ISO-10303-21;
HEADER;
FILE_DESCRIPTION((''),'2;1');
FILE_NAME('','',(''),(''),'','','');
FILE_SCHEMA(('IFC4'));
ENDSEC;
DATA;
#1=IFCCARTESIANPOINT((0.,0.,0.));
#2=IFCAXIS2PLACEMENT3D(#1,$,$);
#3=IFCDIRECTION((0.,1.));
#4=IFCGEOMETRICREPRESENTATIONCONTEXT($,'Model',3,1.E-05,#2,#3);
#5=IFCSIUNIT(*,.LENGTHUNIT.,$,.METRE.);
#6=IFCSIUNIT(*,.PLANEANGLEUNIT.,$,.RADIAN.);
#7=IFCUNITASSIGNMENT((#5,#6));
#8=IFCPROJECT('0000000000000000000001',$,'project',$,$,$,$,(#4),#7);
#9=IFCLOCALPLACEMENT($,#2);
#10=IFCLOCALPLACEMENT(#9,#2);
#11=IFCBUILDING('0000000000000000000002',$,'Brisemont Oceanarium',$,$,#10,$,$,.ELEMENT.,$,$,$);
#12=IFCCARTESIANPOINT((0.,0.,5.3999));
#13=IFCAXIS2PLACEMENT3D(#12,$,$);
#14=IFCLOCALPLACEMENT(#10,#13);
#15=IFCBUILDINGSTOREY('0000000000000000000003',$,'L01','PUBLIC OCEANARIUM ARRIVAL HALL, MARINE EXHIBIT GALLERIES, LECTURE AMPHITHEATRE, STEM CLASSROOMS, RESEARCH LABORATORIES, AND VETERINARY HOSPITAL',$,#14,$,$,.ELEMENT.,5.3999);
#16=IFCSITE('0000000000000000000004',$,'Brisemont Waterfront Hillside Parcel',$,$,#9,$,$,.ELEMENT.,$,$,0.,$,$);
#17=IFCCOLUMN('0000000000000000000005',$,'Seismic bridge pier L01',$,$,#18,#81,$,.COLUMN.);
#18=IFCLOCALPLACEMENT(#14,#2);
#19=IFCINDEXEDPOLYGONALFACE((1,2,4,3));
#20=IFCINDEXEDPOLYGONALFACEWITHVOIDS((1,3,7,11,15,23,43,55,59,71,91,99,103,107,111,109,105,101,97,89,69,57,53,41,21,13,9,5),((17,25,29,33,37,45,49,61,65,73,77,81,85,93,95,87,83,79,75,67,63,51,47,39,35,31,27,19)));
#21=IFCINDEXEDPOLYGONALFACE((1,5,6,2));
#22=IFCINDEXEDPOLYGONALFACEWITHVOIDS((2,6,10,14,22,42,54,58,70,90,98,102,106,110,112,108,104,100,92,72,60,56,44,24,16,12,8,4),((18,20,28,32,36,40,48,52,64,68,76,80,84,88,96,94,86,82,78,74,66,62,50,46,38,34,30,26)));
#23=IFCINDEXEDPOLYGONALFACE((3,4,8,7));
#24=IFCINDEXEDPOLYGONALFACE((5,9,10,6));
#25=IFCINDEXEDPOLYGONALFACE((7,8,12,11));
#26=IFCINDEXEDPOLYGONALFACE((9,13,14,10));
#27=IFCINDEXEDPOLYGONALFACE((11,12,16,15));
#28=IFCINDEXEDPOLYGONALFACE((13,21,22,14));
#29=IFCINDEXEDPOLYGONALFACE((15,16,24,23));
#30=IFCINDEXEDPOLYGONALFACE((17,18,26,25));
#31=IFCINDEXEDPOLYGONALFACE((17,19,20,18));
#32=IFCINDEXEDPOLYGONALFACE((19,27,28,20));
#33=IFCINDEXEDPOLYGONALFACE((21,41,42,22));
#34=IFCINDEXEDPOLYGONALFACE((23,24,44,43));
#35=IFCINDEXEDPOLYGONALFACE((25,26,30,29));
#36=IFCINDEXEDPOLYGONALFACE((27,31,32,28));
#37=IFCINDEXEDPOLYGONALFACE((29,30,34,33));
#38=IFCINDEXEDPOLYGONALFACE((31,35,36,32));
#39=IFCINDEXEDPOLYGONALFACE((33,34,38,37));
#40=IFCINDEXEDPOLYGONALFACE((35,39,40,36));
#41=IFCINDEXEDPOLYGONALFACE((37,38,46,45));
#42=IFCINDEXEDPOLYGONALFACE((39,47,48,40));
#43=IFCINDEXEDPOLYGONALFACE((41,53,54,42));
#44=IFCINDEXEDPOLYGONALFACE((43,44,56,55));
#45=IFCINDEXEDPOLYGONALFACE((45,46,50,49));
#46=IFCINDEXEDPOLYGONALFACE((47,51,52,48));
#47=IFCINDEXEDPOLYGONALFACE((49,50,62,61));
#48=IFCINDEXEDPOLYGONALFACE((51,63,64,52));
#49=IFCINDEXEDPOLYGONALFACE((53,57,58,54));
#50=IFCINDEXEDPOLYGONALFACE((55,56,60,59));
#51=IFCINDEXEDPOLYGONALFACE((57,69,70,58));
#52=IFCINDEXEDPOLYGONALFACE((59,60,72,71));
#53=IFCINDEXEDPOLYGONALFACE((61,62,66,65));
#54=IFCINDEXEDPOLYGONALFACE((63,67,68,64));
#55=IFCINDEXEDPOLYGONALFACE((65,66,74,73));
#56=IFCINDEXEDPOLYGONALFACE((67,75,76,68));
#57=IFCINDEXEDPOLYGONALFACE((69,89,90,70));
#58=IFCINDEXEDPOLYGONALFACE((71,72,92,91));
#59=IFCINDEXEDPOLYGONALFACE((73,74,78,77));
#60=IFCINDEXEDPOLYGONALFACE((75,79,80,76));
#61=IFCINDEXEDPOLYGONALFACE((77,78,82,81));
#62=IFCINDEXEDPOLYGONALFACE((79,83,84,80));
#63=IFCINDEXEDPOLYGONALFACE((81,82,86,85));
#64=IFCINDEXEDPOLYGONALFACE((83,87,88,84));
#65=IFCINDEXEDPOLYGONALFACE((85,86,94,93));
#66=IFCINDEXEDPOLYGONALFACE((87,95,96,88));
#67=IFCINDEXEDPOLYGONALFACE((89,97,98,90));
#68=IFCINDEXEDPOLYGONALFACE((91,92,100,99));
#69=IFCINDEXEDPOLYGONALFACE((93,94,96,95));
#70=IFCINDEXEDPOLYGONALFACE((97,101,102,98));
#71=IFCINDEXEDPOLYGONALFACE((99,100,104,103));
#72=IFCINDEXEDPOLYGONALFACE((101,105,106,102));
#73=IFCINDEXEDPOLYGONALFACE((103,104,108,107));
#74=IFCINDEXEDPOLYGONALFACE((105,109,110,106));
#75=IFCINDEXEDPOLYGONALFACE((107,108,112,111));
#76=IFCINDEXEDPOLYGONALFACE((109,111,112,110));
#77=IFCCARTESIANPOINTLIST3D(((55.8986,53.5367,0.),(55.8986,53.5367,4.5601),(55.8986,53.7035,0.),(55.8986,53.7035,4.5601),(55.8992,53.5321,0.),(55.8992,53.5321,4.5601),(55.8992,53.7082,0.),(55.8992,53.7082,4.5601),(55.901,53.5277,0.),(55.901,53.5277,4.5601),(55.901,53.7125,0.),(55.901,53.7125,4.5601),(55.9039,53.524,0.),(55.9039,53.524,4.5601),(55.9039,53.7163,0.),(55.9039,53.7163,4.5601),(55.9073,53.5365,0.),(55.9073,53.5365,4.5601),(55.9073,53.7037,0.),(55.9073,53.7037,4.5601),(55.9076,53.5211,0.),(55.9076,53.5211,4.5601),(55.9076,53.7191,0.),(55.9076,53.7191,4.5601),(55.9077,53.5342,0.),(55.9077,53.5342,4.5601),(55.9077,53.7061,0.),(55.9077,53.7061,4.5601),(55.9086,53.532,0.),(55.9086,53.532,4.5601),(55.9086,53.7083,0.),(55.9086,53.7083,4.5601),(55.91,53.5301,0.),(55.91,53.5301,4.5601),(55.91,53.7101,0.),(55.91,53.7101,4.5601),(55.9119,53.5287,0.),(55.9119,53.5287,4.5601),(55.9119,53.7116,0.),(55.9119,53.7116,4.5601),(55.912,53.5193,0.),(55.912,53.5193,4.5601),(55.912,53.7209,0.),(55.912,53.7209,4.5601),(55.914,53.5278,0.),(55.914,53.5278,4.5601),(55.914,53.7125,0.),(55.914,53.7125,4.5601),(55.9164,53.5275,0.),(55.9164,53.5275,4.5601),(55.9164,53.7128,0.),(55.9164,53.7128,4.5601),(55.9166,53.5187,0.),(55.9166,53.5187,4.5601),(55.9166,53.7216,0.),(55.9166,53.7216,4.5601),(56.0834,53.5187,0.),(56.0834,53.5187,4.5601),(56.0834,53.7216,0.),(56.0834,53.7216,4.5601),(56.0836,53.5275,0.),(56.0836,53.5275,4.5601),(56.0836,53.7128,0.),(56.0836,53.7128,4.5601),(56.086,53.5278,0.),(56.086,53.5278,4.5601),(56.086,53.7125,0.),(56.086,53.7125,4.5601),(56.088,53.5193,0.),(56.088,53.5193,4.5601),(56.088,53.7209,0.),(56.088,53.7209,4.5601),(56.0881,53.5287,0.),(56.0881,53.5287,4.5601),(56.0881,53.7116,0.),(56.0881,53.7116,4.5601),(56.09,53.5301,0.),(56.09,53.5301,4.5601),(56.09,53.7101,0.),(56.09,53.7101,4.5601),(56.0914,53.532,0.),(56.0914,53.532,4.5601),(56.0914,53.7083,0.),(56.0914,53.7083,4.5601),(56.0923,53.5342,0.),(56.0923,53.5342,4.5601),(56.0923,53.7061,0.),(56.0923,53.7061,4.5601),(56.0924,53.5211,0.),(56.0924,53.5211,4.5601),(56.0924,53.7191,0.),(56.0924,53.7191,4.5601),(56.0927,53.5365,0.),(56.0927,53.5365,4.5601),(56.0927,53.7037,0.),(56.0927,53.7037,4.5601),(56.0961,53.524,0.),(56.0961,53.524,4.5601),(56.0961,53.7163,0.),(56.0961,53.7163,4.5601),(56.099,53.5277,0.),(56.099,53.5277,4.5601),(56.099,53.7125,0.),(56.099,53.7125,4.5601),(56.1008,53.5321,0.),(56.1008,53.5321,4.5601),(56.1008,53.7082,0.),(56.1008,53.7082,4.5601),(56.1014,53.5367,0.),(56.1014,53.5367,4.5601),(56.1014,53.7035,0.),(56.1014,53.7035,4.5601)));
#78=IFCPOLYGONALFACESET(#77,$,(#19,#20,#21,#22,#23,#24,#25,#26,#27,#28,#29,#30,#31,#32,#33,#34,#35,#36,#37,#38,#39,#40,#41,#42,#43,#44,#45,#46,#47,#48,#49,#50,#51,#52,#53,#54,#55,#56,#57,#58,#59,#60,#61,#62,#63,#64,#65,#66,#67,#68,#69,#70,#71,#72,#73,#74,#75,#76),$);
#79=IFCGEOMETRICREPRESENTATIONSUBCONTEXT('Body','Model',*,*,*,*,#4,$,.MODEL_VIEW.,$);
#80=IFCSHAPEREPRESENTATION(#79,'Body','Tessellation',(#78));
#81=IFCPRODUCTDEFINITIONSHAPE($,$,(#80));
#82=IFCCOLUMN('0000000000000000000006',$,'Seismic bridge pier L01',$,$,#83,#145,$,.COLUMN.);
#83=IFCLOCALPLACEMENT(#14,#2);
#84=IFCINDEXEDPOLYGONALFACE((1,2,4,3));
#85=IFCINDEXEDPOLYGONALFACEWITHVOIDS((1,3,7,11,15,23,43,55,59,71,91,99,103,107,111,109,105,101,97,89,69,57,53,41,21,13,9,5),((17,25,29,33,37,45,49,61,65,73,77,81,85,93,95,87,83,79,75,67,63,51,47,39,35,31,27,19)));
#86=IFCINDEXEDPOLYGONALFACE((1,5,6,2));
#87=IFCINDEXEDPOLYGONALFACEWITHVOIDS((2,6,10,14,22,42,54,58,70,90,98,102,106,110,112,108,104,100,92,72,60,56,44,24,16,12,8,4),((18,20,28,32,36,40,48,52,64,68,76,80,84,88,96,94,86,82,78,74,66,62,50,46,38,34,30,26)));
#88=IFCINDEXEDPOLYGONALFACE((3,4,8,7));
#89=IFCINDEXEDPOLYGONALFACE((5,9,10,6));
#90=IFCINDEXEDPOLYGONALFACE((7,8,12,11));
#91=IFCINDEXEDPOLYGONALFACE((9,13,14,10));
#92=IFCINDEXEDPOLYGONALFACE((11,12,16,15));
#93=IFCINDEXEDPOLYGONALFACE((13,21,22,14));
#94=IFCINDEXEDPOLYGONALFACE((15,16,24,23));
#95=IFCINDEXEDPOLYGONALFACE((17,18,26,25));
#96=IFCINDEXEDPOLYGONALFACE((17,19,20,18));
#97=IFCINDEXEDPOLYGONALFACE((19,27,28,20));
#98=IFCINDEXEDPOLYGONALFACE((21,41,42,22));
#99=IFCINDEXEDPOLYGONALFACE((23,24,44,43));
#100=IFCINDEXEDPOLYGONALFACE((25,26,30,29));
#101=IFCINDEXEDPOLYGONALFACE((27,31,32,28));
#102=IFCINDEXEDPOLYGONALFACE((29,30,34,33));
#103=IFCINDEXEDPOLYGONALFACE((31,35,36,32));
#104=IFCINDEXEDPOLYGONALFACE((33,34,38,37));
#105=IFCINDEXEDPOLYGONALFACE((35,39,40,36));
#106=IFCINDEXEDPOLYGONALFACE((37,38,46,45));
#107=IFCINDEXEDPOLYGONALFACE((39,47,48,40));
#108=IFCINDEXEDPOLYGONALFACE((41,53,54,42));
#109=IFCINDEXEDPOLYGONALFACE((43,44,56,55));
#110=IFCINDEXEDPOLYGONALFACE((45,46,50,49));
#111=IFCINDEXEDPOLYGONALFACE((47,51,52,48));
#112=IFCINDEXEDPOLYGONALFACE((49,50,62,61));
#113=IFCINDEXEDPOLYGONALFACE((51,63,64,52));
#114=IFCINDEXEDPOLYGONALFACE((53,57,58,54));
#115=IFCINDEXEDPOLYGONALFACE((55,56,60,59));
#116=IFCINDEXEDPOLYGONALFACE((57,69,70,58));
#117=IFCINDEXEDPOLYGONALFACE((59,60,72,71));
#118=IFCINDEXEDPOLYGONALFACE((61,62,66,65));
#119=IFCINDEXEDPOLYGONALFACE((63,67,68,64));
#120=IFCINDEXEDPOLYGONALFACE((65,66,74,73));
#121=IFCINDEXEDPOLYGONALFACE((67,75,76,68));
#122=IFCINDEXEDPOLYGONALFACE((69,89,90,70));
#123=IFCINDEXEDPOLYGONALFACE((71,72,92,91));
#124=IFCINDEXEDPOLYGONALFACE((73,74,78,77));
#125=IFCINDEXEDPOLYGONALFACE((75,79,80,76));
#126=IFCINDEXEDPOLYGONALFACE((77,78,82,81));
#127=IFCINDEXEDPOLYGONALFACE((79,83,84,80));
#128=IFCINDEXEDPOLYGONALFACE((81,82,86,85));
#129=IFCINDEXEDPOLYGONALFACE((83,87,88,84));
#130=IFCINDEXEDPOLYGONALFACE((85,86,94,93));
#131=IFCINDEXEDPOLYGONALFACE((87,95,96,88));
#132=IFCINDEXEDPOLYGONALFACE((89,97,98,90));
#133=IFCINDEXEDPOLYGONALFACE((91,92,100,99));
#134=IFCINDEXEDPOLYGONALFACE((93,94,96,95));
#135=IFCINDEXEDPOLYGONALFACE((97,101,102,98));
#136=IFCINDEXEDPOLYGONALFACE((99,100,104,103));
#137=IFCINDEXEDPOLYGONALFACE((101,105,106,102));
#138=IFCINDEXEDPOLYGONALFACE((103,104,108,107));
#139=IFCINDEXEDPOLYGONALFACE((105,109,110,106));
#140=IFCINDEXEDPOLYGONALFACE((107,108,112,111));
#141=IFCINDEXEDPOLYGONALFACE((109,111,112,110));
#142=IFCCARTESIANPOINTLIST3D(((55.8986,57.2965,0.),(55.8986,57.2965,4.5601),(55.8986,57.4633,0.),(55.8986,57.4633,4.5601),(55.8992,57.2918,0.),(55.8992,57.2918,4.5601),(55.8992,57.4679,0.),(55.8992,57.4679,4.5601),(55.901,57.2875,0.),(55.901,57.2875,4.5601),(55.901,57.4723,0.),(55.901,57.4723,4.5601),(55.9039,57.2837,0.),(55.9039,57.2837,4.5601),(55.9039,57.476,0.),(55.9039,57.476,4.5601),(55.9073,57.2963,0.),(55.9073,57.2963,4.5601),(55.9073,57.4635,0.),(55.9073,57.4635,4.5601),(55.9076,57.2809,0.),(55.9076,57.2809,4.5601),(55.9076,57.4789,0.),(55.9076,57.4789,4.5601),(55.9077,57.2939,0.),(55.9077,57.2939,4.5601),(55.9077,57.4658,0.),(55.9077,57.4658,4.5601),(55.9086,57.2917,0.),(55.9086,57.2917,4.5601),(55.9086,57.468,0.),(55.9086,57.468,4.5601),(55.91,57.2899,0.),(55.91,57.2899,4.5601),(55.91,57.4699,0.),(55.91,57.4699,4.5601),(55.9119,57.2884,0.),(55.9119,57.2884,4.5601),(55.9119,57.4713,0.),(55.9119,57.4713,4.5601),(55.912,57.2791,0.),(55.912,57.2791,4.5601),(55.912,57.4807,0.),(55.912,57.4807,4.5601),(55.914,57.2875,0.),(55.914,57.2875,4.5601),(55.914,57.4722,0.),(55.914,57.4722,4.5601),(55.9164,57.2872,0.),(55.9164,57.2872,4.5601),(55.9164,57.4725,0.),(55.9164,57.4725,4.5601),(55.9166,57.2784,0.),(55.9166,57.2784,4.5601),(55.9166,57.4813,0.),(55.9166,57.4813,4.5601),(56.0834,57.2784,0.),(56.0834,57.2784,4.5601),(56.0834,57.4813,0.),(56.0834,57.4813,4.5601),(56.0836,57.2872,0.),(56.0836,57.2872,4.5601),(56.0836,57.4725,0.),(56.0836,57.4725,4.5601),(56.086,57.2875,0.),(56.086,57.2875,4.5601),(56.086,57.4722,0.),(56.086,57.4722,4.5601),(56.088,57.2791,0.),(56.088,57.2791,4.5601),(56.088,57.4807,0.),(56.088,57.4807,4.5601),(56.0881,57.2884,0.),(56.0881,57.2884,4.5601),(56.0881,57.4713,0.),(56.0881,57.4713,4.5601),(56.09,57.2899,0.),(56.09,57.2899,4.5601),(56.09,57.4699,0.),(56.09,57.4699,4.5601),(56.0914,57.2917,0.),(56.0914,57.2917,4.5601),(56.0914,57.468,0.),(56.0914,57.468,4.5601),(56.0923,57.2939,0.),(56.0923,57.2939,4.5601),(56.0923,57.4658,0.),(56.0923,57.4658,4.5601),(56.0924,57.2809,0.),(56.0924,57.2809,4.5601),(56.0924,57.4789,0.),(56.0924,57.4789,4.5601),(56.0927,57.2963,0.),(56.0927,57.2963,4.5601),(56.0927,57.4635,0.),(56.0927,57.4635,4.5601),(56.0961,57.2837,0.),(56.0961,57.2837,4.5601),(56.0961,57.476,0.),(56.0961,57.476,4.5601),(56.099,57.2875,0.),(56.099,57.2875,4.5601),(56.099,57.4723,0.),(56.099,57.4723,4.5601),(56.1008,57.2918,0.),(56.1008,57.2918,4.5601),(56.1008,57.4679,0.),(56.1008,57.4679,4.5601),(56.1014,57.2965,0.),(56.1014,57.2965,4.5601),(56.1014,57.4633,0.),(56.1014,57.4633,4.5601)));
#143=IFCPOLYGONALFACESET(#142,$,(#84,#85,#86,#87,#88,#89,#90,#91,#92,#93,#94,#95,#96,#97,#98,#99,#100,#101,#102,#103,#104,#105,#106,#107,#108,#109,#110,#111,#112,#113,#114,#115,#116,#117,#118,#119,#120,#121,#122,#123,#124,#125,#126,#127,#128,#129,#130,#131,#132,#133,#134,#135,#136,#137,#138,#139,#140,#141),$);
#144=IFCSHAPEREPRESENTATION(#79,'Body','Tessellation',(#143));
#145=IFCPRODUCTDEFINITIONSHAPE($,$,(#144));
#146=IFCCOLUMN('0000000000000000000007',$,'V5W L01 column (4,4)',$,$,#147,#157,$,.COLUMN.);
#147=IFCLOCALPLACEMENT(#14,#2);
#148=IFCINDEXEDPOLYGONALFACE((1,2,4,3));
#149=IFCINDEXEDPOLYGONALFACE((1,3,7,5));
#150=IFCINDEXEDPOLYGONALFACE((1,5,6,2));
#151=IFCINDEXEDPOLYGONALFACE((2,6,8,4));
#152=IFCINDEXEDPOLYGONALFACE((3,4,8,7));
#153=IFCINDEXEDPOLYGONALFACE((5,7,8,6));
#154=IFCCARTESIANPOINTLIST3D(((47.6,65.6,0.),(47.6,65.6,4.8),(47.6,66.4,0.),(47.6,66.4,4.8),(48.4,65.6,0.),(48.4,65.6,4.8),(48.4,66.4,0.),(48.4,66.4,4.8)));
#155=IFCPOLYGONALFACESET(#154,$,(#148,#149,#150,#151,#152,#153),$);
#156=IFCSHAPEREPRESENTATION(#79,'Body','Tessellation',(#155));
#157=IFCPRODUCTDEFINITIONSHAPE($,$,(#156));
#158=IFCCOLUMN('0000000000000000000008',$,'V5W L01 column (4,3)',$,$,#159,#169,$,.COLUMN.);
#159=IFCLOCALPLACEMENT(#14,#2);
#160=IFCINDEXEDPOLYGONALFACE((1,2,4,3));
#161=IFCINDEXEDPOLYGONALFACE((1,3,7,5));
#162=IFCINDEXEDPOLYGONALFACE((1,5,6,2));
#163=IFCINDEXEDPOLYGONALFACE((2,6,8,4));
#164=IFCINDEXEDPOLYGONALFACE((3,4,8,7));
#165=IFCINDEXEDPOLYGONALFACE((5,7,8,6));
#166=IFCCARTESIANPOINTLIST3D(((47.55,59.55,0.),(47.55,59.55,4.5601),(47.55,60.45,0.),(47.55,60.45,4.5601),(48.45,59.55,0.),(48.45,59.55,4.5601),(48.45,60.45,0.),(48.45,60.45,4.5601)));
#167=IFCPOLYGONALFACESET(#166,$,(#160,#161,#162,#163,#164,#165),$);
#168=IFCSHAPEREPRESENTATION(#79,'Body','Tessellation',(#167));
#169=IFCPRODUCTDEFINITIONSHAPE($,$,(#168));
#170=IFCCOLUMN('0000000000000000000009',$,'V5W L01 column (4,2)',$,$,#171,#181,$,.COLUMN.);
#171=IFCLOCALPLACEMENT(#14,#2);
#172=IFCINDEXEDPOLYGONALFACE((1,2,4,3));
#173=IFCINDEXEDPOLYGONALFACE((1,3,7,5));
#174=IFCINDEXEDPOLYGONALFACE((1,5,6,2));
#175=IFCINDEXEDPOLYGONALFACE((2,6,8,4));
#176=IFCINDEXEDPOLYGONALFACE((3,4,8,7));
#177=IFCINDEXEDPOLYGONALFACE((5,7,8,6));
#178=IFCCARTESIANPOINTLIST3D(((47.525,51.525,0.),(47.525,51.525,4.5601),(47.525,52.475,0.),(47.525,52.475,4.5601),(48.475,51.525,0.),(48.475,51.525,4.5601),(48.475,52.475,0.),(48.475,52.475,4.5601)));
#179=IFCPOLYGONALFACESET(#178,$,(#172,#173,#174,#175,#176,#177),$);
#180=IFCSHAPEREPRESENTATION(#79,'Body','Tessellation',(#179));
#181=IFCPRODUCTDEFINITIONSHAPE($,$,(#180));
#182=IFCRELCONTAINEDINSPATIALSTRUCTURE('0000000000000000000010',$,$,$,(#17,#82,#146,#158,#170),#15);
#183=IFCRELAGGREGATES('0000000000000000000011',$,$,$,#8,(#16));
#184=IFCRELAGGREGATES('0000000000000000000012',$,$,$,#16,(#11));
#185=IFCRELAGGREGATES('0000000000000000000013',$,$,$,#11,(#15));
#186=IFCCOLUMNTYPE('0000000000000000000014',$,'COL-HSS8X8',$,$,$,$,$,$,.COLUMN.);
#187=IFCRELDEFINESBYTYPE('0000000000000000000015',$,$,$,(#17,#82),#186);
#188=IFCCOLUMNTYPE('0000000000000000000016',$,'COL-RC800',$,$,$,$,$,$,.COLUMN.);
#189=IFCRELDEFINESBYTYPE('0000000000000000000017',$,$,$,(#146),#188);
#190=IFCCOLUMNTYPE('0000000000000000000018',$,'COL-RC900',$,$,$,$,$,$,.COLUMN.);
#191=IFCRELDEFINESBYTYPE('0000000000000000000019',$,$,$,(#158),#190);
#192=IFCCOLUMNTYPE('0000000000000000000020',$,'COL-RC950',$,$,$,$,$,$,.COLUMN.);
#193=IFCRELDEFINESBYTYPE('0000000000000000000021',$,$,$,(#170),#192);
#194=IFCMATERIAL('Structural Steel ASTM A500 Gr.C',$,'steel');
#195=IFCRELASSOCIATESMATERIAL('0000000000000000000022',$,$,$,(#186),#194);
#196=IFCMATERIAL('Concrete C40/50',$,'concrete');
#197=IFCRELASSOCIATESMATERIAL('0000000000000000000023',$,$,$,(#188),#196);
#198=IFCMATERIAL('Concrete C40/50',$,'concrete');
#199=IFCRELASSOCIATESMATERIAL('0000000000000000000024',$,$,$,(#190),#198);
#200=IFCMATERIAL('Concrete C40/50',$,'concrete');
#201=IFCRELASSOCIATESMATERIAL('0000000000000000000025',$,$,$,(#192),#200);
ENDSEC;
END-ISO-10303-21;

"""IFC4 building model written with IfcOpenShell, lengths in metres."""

from ifc_helpers import new_model, si_unit, direction, frame, origin, origin_2d, place, context, subcontext, project, spatial, rectangle, hollow_rectangle, extrude, material, material_profile, profile_set, type_object, element, save


model = new_model("IFC4")

# Units and contexts
model_context = context("Model", 3, precision=1e-05, world=origin(), true_north=direction((0.0, 1.0)))
body_context = subcontext(model_context, "Body", "Model", "MODEL_VIEW")
ifc_project = project(units=[si_unit("LENGTHUNIT", "METRE"), si_unit("PLANEANGLEUNIT", "RADIAN")], contexts=[model_context])

# Site, building, storey
site_placement = place(None, origin())
site = spatial("IfcSite", under=ifc_project, at=site_placement, Name="Brisemont Waterfront Hillside Parcel", CompositionType="ELEMENT", RefElevation=0.0)
building_placement = place(site_placement, origin())
building = spatial("IfcBuilding", under=site, at=building_placement, Name="Brisemont Oceanarium", CompositionType="ELEMENT")
storey_placement = place(building_placement, frame((0.0, 0.0, 5.3999)))
storey = spatial("IfcBuildingStorey", under=building, at=storey_placement, Name="L01", Description="PUBLIC OCEANARIUM ARRIVAL HALL, MARINE EXHIBIT GALLERIES, LECTURE AMPHITHEATRE, STEM CLASSROOMS, RESEARCH LABORATORIES, AND VETERINARY HOSPITAL", CompositionType="ELEMENT", Elevation=5.3999)

# Columns
ifc_material_1 = material(Name="Structural Steel ASTM A500 Gr.C", Category="steel")
ifc_material_profile_1 = material_profile(ifc_material_1, hollow_rectangle(XDim=0.2029, YDim=0.2029, WallThickness=0.0088, InnerFilletRadius=0.009, OuterFilletRadius=0.0181, at=origin_2d()), Name="HSS8X8X3/8")
ifc_profile_set_1 = profile_set([ifc_material_profile_1], Name="Structural Steel ASTM A500 Gr.C")
column_type_1 = type_object("IfcColumnType", Name="COL-HSS8X8", PredefinedType="COLUMN", material=ifc_profile_set_1)
for number, where, z_axis, x_axis, name in (
    (1, (56.0, 53.6201, 0.0), (0.0, 0.0, 1.0), (1.0, 0.0, 0.0), "Seismic bridge pier L01"),
    (2, (56.0, 57.3799, 0.0), (0.0, 0.0, 1.0), (1.0, 0.0, 0.0), "Seismic bridge pier L01"),
):
    element("IfcColumn", number, at=place(storey_placement, frame(where, z_axis=z_axis, x_axis=x_axis)), inside=storey, type_object=column_type_1, Name=name, PredefinedType="COLUMN", context=body_context, shape_type="SweptSolid", body=[
        extrude(hollow_rectangle(XDim=0.2029, YDim=0.2029, WallThickness=0.0088, InnerFilletRadius=0.009, OuterFilletRadius=0.0181, at=origin_2d()), origin(), (0.0, 0.0, 1.0), 4.5601),
    ])
ifc_material_2 = material(Name="Concrete C40/50", Category="concrete")
ifc_material_profile_2 = material_profile(ifc_material_2, rectangle(XDim=0.8, YDim=0.8, at=origin_2d()), Name="RC-COL-800X800")
ifc_profile_set_2 = profile_set([ifc_material_profile_2], Name="Concrete C40/50")
column_type_2 = type_object("IfcColumnType", Name="COL-RC800", PredefinedType="COLUMN", material=ifc_profile_set_2)
column_1_placement = place(storey_placement, frame((48.0, 66.0, 0.0), z_axis=(0.0, 0.0, 1.0), x_axis=(1.0, 0.0, 0.0)))
element("IfcColumn", 3, at=column_1_placement, inside=storey, type_object=column_type_2, Name="V5W L01 column (4,4)", PredefinedType="COLUMN", context=body_context, shape_type="SweptSolid", body=[
    extrude(rectangle(XDim=0.8, YDim=0.8, at=origin_2d()), origin(), (0.0, 0.0, 1.0), 4.8),
])
ifc_material_3 = material(Name="Concrete C40/50", Category="concrete")
ifc_material_profile_3 = material_profile(ifc_material_3, rectangle(XDim=0.8999, YDim=0.8999, at=origin_2d()), Name="RC-COL-900X900")
ifc_profile_set_3 = profile_set([ifc_material_profile_3], Name="Concrete C40/50")
column_type_3 = type_object("IfcColumnType", Name="COL-RC900", PredefinedType="COLUMN", material=ifc_profile_set_3)
column_2_placement = place(storey_placement, frame((48.0, 60.0, 0.0), z_axis=(0.0, 0.0, 1.0), x_axis=(0.0, 1.0, 0.0)))
element("IfcColumn", 4, at=column_2_placement, inside=storey, type_object=column_type_3, Name="V5W L01 column (4,3)", PredefinedType="COLUMN", context=body_context, shape_type="SweptSolid", body=[
    extrude(rectangle(XDim=0.8999, YDim=0.8999, at=origin_2d()), origin(), (0.0, 0.0, 1.0), 4.5601),
])
ifc_material_4 = material(Name="Concrete C40/50", Category="concrete")
ifc_material_profile_4 = material_profile(ifc_material_4, rectangle(XDim=0.95, YDim=0.95, at=origin_2d()), Name="RC-COL-950X950")
ifc_profile_set_4 = profile_set([ifc_material_profile_4], Name="Concrete C40/50")
column_type_4 = type_object("IfcColumnType", Name="COL-RC950", PredefinedType="COLUMN", material=ifc_profile_set_4)
column_3_placement = place(storey_placement, frame((48.0, 52.0, 0.0), z_axis=(0.0, 0.0, 1.0), x_axis=(1.0, 0.0, 0.0)))
element("IfcColumn", 5, at=column_3_placement, inside=storey, type_object=column_type_4, Name="V5W L01 column (4,2)", PredefinedType="COLUMN", context=body_context, shape_type="SweptSolid", body=[
    extrude(rectangle(XDim=0.95, YDim=0.95, at=origin_2d()), origin(), (0.0, 0.0, 1.0), 4.5601),
])

save(model, "model.ifc")
